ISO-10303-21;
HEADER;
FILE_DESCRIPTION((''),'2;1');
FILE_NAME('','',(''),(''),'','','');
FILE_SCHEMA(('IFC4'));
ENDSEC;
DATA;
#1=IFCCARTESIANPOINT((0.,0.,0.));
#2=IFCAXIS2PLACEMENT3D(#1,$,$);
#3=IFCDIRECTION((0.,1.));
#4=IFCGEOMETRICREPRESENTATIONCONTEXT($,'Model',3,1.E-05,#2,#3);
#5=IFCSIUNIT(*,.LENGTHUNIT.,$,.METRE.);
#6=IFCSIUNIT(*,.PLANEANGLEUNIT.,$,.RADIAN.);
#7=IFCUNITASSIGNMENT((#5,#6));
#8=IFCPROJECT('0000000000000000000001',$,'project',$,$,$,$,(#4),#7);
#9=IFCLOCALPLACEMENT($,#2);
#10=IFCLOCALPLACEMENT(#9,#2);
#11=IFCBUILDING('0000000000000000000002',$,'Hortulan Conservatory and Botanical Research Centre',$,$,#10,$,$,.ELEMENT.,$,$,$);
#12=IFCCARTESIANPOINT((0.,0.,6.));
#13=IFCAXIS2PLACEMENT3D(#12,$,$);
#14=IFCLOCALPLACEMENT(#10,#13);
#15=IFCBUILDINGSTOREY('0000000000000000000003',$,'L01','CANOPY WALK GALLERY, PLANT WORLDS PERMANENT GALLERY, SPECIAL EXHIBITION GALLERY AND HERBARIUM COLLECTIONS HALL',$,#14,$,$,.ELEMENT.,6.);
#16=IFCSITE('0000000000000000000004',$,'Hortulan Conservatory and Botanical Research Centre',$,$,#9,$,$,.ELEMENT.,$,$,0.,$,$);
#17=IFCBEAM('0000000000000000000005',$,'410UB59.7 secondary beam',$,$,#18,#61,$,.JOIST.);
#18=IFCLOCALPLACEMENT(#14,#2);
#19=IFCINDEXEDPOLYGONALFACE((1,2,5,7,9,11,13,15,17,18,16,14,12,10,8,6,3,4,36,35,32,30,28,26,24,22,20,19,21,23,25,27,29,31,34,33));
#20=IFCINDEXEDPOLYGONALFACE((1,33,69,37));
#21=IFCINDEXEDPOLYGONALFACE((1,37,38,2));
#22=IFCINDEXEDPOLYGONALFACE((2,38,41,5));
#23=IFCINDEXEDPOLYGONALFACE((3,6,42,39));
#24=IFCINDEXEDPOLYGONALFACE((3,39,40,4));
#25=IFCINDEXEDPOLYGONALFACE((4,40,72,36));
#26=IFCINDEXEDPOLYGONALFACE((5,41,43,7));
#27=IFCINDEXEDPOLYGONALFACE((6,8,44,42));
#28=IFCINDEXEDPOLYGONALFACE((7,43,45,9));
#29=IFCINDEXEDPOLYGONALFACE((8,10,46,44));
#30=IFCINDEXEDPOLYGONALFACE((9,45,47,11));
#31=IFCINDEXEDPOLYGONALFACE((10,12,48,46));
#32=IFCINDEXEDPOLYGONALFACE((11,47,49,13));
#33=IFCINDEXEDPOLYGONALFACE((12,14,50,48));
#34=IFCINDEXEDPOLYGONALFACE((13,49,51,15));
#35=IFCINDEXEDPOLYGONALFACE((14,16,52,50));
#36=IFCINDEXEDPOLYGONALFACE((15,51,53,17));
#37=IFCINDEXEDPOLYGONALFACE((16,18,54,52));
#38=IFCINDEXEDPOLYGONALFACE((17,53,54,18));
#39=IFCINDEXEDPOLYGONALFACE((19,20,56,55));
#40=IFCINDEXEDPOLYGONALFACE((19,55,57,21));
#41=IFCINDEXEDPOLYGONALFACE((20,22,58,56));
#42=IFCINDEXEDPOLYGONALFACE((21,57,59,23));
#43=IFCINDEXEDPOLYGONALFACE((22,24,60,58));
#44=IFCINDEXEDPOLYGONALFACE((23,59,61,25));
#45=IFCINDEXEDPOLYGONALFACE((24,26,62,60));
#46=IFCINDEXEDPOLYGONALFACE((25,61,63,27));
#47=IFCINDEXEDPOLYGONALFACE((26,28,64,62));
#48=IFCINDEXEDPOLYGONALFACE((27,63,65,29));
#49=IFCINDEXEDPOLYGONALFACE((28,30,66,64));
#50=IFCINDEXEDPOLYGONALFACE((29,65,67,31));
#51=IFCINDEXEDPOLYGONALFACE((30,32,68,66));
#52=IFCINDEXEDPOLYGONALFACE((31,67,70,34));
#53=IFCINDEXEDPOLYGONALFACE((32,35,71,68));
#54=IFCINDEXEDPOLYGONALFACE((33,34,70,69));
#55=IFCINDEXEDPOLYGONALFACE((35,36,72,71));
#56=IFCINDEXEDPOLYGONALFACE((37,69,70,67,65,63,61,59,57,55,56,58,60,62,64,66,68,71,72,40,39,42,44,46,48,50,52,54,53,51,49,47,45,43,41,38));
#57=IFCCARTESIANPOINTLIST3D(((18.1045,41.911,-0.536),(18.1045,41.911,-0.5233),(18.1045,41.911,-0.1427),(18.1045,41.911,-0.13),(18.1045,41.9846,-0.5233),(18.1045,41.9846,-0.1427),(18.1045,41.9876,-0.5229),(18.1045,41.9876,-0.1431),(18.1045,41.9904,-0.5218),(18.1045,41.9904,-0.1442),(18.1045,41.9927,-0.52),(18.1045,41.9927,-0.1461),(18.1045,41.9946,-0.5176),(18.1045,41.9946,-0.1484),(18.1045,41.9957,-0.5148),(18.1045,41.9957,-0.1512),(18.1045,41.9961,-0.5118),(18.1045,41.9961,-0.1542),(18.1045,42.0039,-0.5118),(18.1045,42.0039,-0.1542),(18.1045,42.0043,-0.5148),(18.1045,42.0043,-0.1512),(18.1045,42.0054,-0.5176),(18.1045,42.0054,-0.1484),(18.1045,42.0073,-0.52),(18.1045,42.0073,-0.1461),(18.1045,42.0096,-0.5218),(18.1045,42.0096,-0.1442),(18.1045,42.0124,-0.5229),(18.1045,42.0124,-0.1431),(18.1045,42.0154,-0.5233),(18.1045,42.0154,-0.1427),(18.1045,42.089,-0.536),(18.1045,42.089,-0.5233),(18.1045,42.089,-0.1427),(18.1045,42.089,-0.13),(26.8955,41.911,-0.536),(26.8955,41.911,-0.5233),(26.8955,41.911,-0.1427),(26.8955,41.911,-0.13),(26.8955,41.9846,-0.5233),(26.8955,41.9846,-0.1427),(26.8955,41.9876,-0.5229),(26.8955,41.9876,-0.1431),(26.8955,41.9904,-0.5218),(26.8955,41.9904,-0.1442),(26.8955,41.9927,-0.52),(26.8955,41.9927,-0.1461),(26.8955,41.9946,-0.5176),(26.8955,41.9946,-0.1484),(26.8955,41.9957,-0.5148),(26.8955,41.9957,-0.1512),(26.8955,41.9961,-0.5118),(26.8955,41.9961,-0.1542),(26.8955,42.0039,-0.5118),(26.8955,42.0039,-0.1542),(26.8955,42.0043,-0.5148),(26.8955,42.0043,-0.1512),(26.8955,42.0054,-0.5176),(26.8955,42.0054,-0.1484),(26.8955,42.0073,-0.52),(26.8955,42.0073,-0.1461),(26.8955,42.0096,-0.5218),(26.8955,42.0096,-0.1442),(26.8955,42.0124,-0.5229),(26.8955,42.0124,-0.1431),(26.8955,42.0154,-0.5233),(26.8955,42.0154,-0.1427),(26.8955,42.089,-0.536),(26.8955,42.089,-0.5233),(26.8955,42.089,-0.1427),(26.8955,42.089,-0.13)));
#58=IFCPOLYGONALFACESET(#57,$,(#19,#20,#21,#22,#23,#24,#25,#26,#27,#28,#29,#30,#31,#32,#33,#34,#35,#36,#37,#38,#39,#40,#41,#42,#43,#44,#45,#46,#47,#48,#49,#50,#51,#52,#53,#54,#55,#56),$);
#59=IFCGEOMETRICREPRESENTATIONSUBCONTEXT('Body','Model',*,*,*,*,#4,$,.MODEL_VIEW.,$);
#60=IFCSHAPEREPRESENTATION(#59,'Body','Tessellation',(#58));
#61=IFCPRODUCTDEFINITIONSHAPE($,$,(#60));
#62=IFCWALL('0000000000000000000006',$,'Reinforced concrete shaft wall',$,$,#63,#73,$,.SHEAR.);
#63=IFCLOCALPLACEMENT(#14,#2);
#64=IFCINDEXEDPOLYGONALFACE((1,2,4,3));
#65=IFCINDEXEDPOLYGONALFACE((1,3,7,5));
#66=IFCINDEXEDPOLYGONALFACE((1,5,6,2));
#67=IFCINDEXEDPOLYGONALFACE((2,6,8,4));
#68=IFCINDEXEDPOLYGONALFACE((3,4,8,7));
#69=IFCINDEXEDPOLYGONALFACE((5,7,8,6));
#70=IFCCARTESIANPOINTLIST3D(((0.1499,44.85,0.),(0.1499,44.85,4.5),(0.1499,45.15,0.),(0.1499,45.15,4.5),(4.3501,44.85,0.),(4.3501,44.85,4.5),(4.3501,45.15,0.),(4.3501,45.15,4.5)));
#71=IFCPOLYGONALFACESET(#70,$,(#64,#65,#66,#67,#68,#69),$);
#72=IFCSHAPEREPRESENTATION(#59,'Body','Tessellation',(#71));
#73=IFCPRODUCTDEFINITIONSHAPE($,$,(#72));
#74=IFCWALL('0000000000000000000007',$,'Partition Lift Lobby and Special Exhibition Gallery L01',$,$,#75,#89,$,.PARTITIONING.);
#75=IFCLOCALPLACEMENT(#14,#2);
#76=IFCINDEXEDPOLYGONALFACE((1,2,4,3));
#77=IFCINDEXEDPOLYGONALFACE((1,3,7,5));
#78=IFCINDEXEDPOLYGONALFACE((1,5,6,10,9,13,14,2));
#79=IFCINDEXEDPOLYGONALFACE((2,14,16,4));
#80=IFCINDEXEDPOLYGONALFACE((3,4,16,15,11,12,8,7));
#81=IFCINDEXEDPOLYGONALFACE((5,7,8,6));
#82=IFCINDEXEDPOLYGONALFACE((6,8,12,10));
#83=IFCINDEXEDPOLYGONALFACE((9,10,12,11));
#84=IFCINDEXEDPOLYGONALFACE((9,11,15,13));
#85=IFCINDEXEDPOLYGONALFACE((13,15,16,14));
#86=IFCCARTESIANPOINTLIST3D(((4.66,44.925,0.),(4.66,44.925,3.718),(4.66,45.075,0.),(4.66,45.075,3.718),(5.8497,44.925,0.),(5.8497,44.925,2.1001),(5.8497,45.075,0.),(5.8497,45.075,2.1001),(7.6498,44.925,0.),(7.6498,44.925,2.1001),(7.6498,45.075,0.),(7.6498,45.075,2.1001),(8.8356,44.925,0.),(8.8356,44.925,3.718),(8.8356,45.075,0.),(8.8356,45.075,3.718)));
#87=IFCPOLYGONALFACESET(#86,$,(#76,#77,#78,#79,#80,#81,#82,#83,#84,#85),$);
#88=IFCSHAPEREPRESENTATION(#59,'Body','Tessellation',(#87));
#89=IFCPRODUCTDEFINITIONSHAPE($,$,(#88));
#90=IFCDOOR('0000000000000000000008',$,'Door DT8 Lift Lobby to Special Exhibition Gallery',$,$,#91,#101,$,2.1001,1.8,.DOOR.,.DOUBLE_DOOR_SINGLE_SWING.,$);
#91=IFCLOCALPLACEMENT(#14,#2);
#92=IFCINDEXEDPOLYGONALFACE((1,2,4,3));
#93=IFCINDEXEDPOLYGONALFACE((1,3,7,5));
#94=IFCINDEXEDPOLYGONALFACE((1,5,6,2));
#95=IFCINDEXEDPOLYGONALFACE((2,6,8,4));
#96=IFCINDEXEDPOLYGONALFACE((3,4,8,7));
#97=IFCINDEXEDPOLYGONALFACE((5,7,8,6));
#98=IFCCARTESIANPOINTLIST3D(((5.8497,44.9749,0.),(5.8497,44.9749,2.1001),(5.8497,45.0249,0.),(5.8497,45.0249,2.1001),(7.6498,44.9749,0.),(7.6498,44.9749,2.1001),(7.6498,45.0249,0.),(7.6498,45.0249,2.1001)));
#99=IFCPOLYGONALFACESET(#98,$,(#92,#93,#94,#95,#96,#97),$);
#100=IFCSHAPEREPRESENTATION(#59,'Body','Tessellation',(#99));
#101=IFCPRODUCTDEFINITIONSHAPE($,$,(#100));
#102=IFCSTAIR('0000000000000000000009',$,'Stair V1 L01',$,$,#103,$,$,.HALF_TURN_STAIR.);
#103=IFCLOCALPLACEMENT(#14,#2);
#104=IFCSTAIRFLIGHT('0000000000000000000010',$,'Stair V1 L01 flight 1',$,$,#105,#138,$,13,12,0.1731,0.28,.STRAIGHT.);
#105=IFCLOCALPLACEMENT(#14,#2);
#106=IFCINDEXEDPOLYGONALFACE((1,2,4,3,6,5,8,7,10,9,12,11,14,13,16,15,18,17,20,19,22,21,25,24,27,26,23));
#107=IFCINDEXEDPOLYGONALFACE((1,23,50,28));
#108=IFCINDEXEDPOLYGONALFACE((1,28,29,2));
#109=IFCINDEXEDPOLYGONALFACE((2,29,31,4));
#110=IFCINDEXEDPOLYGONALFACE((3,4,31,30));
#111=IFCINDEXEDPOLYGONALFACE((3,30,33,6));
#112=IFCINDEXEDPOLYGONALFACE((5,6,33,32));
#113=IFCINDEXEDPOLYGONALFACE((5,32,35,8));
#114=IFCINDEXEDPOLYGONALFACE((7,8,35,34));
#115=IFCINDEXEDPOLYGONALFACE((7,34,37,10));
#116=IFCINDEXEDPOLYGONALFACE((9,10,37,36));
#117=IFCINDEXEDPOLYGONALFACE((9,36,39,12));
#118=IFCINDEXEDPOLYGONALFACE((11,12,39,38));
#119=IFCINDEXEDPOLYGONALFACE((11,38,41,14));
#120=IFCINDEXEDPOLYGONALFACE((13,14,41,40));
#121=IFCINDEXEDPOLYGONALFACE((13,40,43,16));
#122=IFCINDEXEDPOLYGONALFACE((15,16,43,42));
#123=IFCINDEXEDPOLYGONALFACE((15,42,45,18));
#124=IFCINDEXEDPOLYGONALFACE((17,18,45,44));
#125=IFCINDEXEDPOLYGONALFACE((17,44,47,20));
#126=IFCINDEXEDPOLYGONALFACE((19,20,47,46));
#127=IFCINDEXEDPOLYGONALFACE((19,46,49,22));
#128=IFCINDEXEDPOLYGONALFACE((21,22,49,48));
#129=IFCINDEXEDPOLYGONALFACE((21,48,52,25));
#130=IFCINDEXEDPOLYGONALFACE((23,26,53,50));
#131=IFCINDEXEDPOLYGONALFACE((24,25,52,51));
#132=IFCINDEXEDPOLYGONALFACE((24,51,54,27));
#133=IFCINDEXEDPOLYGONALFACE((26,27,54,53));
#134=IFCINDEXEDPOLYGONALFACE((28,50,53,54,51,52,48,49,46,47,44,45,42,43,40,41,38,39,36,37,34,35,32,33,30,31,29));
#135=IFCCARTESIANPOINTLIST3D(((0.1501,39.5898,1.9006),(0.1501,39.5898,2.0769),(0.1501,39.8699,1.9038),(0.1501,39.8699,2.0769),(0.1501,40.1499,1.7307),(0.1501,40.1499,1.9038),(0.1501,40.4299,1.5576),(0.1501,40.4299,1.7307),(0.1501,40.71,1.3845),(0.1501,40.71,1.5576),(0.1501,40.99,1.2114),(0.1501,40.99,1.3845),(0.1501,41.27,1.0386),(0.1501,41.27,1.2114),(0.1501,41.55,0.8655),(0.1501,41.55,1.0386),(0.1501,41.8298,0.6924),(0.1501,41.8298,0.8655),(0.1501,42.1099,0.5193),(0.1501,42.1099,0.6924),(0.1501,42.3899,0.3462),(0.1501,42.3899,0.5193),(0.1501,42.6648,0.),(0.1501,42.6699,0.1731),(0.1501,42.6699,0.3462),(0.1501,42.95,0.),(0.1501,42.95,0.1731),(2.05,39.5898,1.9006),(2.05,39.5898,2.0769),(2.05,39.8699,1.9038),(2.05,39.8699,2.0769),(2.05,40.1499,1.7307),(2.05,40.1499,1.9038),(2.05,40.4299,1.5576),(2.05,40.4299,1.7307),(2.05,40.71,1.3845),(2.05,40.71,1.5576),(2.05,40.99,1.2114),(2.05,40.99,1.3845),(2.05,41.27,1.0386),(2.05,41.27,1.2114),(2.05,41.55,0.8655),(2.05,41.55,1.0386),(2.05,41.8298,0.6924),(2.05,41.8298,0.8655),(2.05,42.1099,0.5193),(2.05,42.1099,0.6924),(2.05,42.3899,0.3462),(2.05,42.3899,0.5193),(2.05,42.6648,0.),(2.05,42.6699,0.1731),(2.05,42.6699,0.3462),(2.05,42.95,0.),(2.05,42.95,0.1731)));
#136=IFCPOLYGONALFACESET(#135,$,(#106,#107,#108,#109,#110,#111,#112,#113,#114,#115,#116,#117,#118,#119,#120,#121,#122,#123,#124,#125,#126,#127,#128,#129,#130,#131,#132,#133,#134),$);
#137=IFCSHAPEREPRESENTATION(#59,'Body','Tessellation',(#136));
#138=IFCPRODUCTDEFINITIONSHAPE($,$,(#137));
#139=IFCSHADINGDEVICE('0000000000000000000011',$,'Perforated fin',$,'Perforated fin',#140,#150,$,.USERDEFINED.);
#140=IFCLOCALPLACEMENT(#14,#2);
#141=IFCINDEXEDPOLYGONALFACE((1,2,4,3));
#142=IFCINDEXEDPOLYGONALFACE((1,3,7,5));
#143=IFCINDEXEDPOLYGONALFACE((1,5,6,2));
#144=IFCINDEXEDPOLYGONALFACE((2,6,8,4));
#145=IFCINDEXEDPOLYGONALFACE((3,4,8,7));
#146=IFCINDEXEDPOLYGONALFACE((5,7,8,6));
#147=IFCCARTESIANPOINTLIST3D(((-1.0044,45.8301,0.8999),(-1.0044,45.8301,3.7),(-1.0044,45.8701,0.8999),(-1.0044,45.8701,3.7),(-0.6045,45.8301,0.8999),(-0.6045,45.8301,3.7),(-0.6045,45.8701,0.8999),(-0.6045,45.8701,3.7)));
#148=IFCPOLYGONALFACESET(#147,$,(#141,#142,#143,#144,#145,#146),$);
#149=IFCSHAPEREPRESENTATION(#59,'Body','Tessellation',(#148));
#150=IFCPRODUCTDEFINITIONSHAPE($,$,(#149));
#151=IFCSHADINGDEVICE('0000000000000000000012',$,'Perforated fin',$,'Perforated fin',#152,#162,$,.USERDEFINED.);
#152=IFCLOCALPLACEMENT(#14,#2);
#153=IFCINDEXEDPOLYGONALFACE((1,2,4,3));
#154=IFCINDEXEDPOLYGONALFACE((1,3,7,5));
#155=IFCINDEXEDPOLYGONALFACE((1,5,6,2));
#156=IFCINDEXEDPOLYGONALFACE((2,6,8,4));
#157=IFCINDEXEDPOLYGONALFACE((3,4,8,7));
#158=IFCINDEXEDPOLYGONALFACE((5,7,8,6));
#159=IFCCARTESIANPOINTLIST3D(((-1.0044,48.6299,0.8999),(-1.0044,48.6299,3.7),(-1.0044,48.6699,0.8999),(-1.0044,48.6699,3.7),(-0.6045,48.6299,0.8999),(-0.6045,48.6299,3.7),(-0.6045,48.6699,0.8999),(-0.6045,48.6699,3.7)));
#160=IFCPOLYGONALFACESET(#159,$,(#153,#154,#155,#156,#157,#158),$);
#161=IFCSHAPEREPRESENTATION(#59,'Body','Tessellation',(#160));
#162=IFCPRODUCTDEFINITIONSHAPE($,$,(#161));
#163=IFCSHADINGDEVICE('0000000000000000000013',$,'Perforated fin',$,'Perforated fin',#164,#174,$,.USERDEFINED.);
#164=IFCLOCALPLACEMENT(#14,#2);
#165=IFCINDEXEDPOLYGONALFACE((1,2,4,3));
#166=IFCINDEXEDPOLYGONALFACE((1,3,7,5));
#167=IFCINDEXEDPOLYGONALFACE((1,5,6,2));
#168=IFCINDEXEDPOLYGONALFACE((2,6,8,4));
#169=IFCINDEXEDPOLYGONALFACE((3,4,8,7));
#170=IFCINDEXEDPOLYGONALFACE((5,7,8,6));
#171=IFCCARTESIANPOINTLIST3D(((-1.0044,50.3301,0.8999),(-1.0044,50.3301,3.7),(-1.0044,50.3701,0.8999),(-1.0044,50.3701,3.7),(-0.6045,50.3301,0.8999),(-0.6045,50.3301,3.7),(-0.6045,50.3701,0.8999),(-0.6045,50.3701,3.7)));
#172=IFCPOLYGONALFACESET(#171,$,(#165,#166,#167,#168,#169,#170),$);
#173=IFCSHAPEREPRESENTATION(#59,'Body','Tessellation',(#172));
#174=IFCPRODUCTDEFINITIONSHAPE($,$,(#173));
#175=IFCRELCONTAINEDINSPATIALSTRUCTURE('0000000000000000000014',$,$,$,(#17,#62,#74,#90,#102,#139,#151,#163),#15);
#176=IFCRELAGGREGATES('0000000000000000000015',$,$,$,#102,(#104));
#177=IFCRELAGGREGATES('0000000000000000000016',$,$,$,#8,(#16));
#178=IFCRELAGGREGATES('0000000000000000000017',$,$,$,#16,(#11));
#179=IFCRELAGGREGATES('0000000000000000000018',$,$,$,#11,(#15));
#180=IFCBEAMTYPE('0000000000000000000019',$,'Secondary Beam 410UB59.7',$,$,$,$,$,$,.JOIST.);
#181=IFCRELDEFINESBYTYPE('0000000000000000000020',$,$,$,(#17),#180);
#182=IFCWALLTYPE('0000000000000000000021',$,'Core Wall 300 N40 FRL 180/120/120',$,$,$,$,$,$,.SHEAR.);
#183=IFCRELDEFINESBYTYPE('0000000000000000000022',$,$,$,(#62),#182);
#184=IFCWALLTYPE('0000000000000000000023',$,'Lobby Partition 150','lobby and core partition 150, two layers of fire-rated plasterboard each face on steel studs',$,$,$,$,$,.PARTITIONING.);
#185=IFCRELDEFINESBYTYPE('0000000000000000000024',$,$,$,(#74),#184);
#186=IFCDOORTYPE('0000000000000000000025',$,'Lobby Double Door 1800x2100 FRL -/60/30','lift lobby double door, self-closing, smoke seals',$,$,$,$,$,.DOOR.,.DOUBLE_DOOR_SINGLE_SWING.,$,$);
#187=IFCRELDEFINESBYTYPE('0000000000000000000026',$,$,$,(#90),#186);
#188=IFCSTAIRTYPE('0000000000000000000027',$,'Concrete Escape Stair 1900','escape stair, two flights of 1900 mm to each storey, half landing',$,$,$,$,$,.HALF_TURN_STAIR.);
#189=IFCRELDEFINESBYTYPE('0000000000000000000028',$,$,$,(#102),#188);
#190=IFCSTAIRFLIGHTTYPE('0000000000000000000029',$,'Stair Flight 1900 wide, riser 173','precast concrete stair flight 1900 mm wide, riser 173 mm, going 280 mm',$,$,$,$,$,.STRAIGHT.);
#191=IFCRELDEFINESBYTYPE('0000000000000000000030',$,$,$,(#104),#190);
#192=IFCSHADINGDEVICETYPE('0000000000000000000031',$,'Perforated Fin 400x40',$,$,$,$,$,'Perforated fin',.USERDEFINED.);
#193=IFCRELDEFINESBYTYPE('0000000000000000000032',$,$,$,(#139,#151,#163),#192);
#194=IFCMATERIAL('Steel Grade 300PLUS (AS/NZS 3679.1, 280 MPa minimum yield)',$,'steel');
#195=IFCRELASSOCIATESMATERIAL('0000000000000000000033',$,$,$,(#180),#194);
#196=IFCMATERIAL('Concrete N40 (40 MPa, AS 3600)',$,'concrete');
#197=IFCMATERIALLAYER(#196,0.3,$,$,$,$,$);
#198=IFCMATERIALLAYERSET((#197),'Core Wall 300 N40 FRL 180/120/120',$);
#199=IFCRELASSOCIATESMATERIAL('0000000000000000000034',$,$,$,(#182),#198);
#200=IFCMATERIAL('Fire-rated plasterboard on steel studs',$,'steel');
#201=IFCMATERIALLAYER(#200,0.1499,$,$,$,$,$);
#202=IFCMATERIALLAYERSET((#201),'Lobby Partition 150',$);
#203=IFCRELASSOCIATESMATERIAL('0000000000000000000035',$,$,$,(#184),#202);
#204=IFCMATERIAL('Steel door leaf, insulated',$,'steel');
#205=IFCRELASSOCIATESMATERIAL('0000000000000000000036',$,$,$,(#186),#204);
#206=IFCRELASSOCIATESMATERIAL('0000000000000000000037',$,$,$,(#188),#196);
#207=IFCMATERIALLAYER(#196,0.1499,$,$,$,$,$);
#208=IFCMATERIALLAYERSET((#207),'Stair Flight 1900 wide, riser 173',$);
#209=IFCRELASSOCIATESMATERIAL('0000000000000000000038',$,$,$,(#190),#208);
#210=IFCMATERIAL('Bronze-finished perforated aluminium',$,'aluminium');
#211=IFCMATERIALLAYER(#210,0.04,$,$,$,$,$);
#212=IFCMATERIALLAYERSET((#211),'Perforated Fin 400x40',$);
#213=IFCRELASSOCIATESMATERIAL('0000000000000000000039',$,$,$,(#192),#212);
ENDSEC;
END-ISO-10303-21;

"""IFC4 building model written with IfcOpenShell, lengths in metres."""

from ifc_helpers import new_model, si_unit, direction, frame, frame_2d, origin, origin_2d, place, context, subcontext, project, spatial, polyline, rectangle, i_section, outline, extrude, material, layer, layer_set, material_profile, profile_set, type_object, element, fill, aggregate, save


model = new_model("IFC4")

# Units and contexts
model_context = context("Model", 3, precision=1e-05, world=origin(), true_north=direction((0.0, 1.0)))
body_context = subcontext(model_context, "Body", "Model", "MODEL_VIEW")
ifc_project = project(units=[si_unit("LENGTHUNIT", "METRE"), si_unit("PLANEANGLEUNIT", "RADIAN")], contexts=[model_context])

# Site, building, storey
site_placement = place(None, origin())
site = spatial("IfcSite", under=ifc_project, at=site_placement, Name="Hortulan Conservatory and Botanical Research Centre", CompositionType="ELEMENT", RefElevation=0.0)
building_placement = place(site_placement, origin())
building = spatial("IfcBuilding", under=site, at=building_placement, Name="Hortulan Conservatory and Botanical Research Centre", CompositionType="ELEMENT")
storey_placement = place(building_placement, frame((0.0, 0.0, 6.0)))
storey = spatial("IfcBuildingStorey", under=building, at=storey_placement, Name="L01", Description="CANOPY WALK GALLERY, PLANT WORLDS PERMANENT GALLERY, SPECIAL EXHIBITION GALLERY AND HERBARIUM COLLECTIONS HALL", CompositionType="ELEMENT", Elevation=6.0)

# Shared definitions
ifc_material_1 = material(Name="Steel Grade 300PLUS (AS/NZS 3679.1, 280 MPa minimum yield)", Category="steel")

# Beam
ifc_material_profile_1 = material_profile(ifc_material_1, i_section(OverallWidth=0.178, OverallDepth=0.406, WebThickness=0.0078, FlangeThickness=0.0127, FilletRadius=0.0115, at=origin_2d()), Name="410UB59.7")
ifc_profile_set_1 = profile_set([ifc_material_profile_1], Name="Steel Grade 300PLUS (AS/NZS 3679.1, 280 MPa minimum yield)")
beam_type_1 = type_object("IfcBeamType", Name="Secondary Beam 410UB59.7", PredefinedType="JOIST", material=ifc_profile_set_1)
for number, where, z_axis, x_axis, name in (
    (1, (18.1045, 42.0, -0.333), (1.0, 0.0, 0.0), (0.0, 1.0, 0.0), "410UB59.7 secondary beam"),
):
    element("IfcBeam", number, at=place(storey_placement, frame(where, z_axis=z_axis, x_axis=x_axis)), inside=storey, type_object=beam_type_1, Name=name, PredefinedType="JOIST", context=body_context, shape_type="SweptSolid", body=[
        extrude(i_section(OverallWidth=0.178, OverallDepth=0.406, WebThickness=0.0078, FlangeThickness=0.0127, FilletRadius=0.0115, at=origin_2d()), origin(), (0.0, 0.0, 1.0), 8.791),
    ])

# Wall
ifc_material_2 = material(Name="Concrete N40 (40 MPa, AS 3600)", Category="concrete")
ifc_layer_1 = layer(ifc_material_2, 0.3)
ifc_layer_set_1 = layer_set([ifc_layer_1], Name="Core Wall 300 N40 FRL 180/120/120")
wall_type_1 = type_object("IfcWallType", Name="Core Wall 300 N40 FRL 180/120/120", PredefinedType="SHEAR", material=ifc_layer_set_1)
wall_1_placement = place(storey_placement, frame((0.1499, 45.0, 0.0), z_axis=(0.0, 0.0, 1.0), x_axis=(1.0, 0.0, 0.0)))
element("IfcWall", 2, at=wall_1_placement, inside=storey, type_object=wall_type_1, Name="Reinforced concrete shaft wall", PredefinedType="SHEAR", context=body_context, shape_type="SweptSolid", body=[
    extrude(rectangle(XDim=4.2002, YDim=0.3, at=frame_2d((2.1001, 0.0))), origin(), (0.0, 0.0, 1.0), 4.5),
])

# Wall, opening, door
ifc_material_3 = material(Name="Fire-rated plasterboard on steel studs", Category="steel")
ifc_layer_2 = layer(ifc_material_3, 0.1499)
ifc_layer_set_2 = layer_set([ifc_layer_2], Name="Lobby Partition 150")
wall_type_2 = type_object("IfcWallType", Name="Lobby Partition 150", Description="lobby and core partition 150, two layers of fire-rated plasterboard each face on steel studs", PredefinedType="PARTITIONING", material=ifc_layer_set_2)
wall_2_placement = place(storey_placement, frame((4.6599, 45.0, 0.0), z_axis=(0.0, 0.0, 1.0), x_axis=(1.0, 0.0, 0.0)))
wall_2 = element("IfcWall", 3, at=wall_2_placement, inside=storey, type_object=wall_type_2, Name="Partition Lift Lobby and Special Exhibition Gallery L01", PredefinedType="PARTITIONING", context=body_context, shape_type="SweptSolid", body=[
    extrude(rectangle(XDim=4.1755, YDim=0.1499, at=frame_2d((2.0879, 0.0))), origin(), (0.0, 0.0, 1.0), 3.718),
])
opening_placement = place(wall_2_placement, frame((1.1899, 0.0, 0.0)))
opening = element("IfcOpeningElement", 4, at=opening_placement, cuts=wall_2, PredefinedType="OPENING", context=body_context, shape_type="SweptSolid", body=[
    extrude(rectangle(XDim=1.8, YDim=2.1001, at=frame_2d((0.8999, 1.05))), frame((0.0, 0.085, 0.0), z_axis=(0.0, -1.0, 0.0), x_axis=(1.0, 0.0, 0.0)), (0.0, 0.0, 1.0), 0.1699),
])
ifc_material_4 = material(Name="Steel door leaf, insulated", Category="steel")
door_type = type_object("IfcDoorType", Name="Lobby Double Door 1800x2100 FRL -/60/30", Description="lift lobby double door, self-closing, smoke seals", OperationType="DOUBLE_DOOR_SINGLE_SWING", PredefinedType="DOOR", material=ifc_material_4)
door_placement = place(opening_placement, origin())
door = element("IfcDoor", 5, at=door_placement, inside=storey, type_object=door_type, Name="Door DT8 Lift Lobby to Special Exhibition Gallery", OperationType="DOUBLE_DOOR_SINGLE_SWING", OverallHeight=2.1001, OverallWidth=1.8, PredefinedType="DOOR", context=body_context, shape_type="SweptSolid", body=[
    extrude(rectangle(XDim=1.8, YDim=2.1001, at=frame_2d((0.8999, 1.05))), frame((0.0, 0.0249, 0.0), z_axis=(0.0, -1.0, 0.0), x_axis=(1.0, 0.0, 0.0)), (0.0, 0.0, 1.0), 0.05),
])
fill(opening, door)

# Stair, stair flight
stair_type = type_object("IfcStairType", Name="Concrete Escape Stair 1900", Description="escape stair, two flights of 1900 mm to each storey, half landing", PredefinedType="HALF_TURN_STAIR", material=ifc_material_2)
stair_placement = place(storey_placement, origin())
stair = element("IfcStair", 6, at=stair_placement, inside=storey, type_object=stair_type, Name="Stair V1 L01", PredefinedType="HALF_TURN_STAIR")
ifc_layer_3 = layer(ifc_material_2, 0.1499)
ifc_layer_set_3 = layer_set([ifc_layer_3], Name="Stair Flight 1900 wide, riser 173")
stair_flight_type = type_object("IfcStairFlightType", Name="Stair Flight 1900 wide, riser 173", Description="precast concrete stair flight 1900 mm wide, riser 173 mm, going 280 mm", PredefinedType="STRAIGHT", material=ifc_layer_set_3)
stair_flight_placement = place(storey_placement, frame((1.1001, 42.95, 0.0), z_axis=(0.0, 0.0, 1.0), x_axis=(0.0, -1.0, 0.0)))
stair_flight = element("IfcStairFlight", 7, at=stair_flight_placement, type_object=stair_flight_type, Name="Stair V1 L01 flight 1", NumberOfRisers=13, NumberOfTreads=12, PredefinedType="STRAIGHT", RiserHeight=0.1731, TreadLength=0.28, context=body_context, shape_type="SweptSolid", body=[
    extrude(outline(polyline([(0.0, 0.0), (0.0, 0.1731), (0.28, 0.1731), (0.28, 0.3462), (0.5601, 0.3462), (0.5601, 0.5193), (0.8401, 0.5193), (0.8401, 0.6924), (1.1201, 0.6924), (1.1201, 0.8655), (1.3999, 0.8655), (1.3999, 1.0386), (1.6799, 1.0386), (1.6799, 1.2114), (1.96, 1.2114), (1.96, 1.3845), (2.24, 1.3845), (2.24, 1.5576), (2.52, 1.5576), (2.52, 1.7307), (2.8, 1.7307), (2.8, 1.9038), (3.0801, 1.9038), (3.0801, 2.0769), (3.3601, 2.0769), (3.3601, 2.25), (3.3601, 1.9006), (0.2852, 0.0), (0.0, 0.0)])), frame((0.0, 0.95, 0.0), z_axis=(0.0, -1.0, 0.0), x_axis=(1.0, 0.0, 0.0)), (0.0, 0.0, 1.0), 1.8999),
])
aggregate(stair, [stair_flight])

# Shading devices
ifc_material_5 = material(Name="Bronze-finished perforated aluminium", Category="aluminium")
ifc_layer_4 = layer(ifc_material_5, 0.04)
ifc_layer_set_4 = layer_set([ifc_layer_4], Name="Perforated Fin 400x40")
shading_device_type = type_object("IfcShadingDeviceType", Name="Perforated Fin 400x40", ElementType="Perforated fin", PredefinedType="USERDEFINED", material=ifc_layer_set_4)
for number, where, z_axis, x_axis, name in (
    (8, (-0.8044, 45.8501, 0.8999), (0.0, 0.0, 1.0), (0.0, 1.0, 0.0), "Perforated fin"),
    (9, (-0.8044, 48.6499, 0.8999), (0.0, 0.0, 1.0), (0.0, 1.0, 0.0), "Perforated fin"),
    (10, (-0.8044, 50.3501, 0.8999), (0.0, 0.0, 1.0), (0.0, 1.0, 0.0), "Perforated fin"),
):
    element("IfcShadingDevice", number, at=place(storey_placement, frame(where, z_axis=z_axis, x_axis=x_axis)), inside=storey, type_object=shading_device_type, Name=name, ObjectType="Perforated fin", PredefinedType="USERDEFINED", context=body_context, shape_type="SweptSolid", body=[
        extrude(rectangle(XDim=0.04, YDim=0.3999, at=origin_2d()), origin(), (0.0, 0.0, 1.0), 2.8),
    ])

save(model, "model.ifc")
